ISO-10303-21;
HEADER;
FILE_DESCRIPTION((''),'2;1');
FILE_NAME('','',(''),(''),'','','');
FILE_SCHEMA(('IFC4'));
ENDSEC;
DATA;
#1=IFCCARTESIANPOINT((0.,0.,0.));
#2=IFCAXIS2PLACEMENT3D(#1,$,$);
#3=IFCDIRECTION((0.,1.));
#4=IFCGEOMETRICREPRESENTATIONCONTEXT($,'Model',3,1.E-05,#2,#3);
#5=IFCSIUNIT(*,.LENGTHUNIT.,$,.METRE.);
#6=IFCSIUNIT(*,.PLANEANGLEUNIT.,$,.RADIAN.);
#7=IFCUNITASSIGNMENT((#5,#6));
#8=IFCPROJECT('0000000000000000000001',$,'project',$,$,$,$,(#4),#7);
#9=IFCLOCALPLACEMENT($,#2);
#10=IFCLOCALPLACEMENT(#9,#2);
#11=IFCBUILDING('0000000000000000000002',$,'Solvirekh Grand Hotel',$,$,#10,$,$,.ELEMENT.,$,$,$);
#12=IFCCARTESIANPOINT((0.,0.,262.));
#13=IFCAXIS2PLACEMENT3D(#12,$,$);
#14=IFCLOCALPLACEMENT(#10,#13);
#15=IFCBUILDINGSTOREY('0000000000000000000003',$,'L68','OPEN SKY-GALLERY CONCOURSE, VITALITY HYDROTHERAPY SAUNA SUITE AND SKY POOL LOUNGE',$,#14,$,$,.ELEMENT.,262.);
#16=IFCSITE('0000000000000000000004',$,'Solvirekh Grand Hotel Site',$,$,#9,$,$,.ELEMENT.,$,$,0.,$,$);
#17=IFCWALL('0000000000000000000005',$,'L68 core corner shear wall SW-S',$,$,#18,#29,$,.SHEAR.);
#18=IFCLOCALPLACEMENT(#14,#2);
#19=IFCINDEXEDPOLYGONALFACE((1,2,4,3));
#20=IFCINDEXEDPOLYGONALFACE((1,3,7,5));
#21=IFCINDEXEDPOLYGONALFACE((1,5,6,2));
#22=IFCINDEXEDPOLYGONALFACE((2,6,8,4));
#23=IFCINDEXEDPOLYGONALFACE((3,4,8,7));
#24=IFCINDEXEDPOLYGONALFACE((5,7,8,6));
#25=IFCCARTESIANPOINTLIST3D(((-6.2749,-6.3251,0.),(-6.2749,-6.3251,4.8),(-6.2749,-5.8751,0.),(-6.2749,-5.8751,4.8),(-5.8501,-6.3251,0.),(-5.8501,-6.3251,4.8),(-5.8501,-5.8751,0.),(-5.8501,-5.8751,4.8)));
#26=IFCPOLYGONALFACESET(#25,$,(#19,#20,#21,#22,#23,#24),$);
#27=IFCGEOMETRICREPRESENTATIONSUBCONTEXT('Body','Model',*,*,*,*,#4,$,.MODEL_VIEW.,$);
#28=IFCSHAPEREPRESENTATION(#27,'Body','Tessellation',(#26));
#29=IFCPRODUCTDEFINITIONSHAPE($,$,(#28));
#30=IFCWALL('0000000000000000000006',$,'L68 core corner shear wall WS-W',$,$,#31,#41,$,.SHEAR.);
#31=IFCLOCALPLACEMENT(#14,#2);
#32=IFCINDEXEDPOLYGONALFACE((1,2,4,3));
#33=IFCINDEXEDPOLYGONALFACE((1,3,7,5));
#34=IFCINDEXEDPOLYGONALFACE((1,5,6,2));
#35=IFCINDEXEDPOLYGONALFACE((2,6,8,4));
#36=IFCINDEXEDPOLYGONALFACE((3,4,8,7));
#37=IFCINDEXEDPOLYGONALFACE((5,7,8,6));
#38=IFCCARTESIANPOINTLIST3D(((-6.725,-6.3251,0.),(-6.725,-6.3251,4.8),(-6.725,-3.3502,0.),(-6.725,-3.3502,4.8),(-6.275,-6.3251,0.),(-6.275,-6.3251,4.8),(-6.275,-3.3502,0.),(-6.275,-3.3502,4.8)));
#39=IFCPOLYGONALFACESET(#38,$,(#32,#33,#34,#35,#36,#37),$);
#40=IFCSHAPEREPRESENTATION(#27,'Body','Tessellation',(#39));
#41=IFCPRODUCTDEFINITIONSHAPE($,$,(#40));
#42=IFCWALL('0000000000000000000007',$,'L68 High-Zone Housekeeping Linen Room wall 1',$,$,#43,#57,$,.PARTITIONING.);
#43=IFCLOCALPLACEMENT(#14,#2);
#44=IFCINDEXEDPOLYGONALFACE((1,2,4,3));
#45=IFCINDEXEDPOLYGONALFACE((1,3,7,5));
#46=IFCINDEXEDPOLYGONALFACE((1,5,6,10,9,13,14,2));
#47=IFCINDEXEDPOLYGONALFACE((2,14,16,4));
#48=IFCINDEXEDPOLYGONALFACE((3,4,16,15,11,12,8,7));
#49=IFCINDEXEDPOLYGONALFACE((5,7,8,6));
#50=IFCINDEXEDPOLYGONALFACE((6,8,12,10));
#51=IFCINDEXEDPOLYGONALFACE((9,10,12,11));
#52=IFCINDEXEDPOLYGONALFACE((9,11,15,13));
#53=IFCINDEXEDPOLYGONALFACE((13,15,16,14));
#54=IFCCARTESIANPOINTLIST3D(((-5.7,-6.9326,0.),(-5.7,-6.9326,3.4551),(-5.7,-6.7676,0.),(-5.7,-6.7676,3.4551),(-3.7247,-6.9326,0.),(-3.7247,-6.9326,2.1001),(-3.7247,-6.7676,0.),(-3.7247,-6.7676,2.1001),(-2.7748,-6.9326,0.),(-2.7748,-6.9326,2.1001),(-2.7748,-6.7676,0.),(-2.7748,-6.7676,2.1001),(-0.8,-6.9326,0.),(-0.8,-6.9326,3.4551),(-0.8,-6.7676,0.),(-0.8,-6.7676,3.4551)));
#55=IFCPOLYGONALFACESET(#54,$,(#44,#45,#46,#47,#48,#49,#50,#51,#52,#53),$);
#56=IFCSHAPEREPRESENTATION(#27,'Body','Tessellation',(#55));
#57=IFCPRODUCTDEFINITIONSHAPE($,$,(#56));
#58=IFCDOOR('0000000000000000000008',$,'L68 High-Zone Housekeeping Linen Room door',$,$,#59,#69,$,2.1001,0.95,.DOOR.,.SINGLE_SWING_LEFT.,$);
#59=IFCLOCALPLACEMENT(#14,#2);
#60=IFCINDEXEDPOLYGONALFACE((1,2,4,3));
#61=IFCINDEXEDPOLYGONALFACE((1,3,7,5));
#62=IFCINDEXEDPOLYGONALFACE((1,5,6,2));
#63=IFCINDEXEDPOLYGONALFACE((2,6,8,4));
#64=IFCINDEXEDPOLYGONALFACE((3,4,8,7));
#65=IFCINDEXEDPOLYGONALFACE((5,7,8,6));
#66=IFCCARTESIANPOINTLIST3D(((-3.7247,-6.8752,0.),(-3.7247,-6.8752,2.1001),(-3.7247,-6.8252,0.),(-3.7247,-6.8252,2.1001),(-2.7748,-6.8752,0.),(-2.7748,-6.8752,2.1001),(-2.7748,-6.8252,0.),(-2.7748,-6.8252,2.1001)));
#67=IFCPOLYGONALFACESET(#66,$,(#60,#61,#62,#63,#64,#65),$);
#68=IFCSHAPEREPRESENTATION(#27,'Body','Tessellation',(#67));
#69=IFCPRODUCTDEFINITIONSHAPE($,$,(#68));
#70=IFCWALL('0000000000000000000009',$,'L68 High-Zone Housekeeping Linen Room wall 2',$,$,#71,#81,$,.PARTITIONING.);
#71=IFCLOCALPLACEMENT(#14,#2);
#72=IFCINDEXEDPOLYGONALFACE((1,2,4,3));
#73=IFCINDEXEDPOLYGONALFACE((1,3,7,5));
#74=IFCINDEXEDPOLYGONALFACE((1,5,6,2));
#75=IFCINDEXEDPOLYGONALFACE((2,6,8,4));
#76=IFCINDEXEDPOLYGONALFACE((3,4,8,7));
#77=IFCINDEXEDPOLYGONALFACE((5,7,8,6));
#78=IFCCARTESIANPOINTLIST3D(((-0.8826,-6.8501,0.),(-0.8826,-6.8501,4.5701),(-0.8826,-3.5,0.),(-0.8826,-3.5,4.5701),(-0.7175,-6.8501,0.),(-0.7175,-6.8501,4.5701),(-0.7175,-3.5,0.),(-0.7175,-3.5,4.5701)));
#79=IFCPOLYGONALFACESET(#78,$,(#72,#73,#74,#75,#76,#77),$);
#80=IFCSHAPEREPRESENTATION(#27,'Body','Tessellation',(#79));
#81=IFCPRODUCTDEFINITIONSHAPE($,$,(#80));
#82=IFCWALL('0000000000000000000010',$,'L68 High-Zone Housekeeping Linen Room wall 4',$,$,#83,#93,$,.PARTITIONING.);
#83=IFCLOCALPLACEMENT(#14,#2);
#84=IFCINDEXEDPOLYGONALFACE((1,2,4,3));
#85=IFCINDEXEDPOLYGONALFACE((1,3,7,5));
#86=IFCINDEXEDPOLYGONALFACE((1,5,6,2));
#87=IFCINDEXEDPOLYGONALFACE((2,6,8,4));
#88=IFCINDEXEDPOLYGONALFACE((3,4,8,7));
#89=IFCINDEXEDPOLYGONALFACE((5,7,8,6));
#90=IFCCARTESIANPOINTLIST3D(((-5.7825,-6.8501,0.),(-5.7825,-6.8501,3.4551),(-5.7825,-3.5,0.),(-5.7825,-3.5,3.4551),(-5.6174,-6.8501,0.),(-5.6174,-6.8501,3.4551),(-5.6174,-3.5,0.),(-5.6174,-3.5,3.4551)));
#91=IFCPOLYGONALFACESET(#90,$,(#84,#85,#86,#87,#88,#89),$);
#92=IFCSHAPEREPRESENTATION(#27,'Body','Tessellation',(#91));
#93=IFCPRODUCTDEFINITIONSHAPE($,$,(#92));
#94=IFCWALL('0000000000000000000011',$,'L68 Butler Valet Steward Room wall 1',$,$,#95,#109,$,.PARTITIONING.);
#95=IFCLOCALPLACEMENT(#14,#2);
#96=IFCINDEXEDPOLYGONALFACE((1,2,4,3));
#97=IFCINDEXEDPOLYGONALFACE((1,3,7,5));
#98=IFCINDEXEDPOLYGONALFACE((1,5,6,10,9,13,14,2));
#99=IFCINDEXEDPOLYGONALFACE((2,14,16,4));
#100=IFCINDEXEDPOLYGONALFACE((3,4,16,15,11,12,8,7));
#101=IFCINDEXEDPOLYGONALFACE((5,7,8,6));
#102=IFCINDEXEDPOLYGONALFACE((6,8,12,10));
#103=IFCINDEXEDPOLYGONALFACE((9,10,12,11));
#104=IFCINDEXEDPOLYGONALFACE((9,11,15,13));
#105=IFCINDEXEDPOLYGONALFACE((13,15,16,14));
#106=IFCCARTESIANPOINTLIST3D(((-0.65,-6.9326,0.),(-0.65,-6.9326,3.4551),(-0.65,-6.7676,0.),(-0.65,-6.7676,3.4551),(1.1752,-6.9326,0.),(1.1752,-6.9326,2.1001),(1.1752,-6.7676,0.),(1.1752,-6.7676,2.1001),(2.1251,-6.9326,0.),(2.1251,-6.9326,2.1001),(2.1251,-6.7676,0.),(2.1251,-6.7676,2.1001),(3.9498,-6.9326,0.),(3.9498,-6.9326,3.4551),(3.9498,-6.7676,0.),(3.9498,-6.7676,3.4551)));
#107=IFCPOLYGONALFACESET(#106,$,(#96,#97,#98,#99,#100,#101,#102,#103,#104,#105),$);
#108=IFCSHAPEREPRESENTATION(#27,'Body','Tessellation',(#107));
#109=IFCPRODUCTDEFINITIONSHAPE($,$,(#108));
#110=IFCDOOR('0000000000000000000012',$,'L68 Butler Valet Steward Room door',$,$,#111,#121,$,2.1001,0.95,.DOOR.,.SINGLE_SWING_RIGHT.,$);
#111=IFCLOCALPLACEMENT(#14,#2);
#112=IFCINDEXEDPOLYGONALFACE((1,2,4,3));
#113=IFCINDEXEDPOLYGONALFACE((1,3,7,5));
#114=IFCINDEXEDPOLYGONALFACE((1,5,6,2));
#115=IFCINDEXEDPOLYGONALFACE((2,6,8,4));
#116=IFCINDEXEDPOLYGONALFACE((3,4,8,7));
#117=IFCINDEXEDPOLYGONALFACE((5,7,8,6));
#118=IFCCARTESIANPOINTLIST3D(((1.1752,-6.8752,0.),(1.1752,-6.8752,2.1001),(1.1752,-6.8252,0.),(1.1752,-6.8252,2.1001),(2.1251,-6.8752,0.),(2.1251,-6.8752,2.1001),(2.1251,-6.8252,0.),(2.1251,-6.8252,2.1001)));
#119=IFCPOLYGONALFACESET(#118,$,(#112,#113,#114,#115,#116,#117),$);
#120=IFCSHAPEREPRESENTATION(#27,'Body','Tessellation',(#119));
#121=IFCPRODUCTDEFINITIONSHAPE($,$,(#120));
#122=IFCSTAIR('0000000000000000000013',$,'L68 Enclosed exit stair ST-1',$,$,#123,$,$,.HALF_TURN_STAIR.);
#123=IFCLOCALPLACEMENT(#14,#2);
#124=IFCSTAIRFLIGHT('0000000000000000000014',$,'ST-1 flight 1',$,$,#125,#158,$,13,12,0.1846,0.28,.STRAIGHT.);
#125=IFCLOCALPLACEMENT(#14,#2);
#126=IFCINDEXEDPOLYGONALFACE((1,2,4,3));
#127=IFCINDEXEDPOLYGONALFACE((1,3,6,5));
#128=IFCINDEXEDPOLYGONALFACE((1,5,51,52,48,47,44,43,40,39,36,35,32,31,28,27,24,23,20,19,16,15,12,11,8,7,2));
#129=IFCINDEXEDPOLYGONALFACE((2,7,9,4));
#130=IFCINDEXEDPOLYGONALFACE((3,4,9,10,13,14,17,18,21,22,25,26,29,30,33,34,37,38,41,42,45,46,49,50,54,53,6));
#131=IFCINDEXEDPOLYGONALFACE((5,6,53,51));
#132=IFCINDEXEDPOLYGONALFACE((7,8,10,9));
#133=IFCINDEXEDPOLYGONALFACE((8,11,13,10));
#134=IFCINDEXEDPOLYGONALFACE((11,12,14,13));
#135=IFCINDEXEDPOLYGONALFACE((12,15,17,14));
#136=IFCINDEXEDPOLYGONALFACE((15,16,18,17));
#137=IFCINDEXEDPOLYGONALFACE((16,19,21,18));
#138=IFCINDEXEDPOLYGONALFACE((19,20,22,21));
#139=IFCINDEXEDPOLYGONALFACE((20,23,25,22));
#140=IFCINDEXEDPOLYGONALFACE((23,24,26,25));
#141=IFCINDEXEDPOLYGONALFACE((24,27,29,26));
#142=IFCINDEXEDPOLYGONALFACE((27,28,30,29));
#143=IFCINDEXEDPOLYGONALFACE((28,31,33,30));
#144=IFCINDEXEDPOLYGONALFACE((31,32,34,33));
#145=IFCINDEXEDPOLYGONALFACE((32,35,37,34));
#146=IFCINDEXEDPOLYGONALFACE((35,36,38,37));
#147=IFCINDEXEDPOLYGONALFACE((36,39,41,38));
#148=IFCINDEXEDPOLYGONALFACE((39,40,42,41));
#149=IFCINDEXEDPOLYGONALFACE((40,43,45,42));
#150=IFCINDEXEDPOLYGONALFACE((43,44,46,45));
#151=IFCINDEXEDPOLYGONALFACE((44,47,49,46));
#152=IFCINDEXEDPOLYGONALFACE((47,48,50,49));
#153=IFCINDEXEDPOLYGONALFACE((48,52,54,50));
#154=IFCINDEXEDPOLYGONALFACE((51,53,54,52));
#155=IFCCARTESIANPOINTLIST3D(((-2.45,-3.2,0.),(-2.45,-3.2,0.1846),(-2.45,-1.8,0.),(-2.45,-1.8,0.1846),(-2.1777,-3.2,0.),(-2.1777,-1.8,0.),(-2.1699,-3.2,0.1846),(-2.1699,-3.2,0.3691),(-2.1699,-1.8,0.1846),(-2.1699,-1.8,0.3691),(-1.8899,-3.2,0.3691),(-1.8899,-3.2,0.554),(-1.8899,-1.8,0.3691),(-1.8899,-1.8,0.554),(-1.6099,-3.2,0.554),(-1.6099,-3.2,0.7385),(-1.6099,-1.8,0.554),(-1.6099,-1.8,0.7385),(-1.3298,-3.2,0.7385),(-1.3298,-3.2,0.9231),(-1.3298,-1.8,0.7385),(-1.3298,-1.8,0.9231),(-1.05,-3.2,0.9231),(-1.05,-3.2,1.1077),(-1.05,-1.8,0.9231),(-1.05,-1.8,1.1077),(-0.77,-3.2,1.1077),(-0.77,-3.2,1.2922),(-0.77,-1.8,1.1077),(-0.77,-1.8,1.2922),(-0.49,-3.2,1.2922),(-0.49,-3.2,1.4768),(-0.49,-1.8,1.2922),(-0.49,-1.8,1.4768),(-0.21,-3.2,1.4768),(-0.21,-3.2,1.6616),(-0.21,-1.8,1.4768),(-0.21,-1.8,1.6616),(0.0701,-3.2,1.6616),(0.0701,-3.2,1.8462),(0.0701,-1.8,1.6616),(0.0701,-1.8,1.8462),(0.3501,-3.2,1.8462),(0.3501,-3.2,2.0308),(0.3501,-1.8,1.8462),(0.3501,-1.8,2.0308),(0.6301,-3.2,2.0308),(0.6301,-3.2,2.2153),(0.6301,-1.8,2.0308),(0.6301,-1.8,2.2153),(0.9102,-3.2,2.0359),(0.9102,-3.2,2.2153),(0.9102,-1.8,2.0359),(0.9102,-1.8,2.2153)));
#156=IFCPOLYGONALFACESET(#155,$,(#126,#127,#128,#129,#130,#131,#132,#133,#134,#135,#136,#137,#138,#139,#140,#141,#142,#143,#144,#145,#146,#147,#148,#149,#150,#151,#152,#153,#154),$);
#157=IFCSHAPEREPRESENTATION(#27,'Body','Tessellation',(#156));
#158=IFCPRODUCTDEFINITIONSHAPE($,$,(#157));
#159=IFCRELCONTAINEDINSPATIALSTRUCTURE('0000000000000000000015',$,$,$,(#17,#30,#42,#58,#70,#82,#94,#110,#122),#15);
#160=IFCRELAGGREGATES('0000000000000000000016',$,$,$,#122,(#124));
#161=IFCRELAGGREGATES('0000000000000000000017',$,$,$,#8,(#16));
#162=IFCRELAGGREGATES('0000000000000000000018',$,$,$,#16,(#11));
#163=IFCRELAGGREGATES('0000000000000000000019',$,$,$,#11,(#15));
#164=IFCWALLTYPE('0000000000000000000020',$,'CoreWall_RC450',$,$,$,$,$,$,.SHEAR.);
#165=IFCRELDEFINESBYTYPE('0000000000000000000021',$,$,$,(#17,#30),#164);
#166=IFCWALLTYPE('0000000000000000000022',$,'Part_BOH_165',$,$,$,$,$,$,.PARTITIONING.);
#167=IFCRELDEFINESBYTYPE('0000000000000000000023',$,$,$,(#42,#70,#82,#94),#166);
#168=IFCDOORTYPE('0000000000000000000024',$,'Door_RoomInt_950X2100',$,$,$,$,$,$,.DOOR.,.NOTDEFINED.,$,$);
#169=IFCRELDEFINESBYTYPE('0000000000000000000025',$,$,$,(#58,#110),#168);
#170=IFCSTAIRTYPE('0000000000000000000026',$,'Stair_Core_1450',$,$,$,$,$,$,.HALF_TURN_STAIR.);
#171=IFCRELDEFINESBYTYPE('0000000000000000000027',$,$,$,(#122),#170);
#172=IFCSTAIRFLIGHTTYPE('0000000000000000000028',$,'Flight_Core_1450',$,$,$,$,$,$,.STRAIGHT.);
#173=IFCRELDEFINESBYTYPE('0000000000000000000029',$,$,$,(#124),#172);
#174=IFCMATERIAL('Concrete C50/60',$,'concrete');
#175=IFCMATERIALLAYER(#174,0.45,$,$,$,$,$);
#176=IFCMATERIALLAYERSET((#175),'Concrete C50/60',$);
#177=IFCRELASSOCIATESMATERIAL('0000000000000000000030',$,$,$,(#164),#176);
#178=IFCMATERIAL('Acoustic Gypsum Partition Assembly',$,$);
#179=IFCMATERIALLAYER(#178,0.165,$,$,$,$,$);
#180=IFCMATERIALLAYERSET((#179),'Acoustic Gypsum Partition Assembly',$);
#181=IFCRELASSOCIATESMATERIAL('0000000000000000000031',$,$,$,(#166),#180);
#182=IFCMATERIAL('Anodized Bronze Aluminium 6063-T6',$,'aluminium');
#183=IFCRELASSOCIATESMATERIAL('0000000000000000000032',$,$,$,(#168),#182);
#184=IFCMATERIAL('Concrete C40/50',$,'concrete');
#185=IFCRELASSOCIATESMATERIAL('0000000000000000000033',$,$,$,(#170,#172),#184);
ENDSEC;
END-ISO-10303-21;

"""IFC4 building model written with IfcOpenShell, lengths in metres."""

from ifc_helpers import new_model, si_unit, direction, frame, frame_2d, origin, place, context, subcontext, project, spatial, polyline, rectangle, outline, extrude, material, layer, layer_set, type_object, element, fill, aggregate, save


model = new_model("IFC4")

# Units and contexts
model_context = context("Model", 3, precision=1e-05, world=origin(), true_north=direction((0.0, 1.0)))
body_context = subcontext(model_context, "Body", "Model", "MODEL_VIEW")
ifc_project = project(units=[si_unit("LENGTHUNIT", "METRE"), si_unit("PLANEANGLEUNIT", "RADIAN")], contexts=[model_context])

# Site, building, storey
site_placement = place(None, origin())
site = spatial("IfcSite", under=ifc_project, at=site_placement, Name="Solvirekh Grand Hotel Site", CompositionType="ELEMENT", RefElevation=0.0)
building_placement = place(site_placement, origin())
building = spatial("IfcBuilding", under=site, at=building_placement, Name="Solvirekh Grand Hotel", CompositionType="ELEMENT")
storey_placement = place(building_placement, frame((0.0, 0.0, 262.0)))
storey = spatial("IfcBuildingStorey", under=building, at=storey_placement, Name="L68", Description="OPEN SKY-GALLERY CONCOURSE, VITALITY HYDROTHERAPY SAUNA SUITE AND SKY POOL LOUNGE", CompositionType="ELEMENT", Elevation=262.0)

# Shared definitions
ifc_material_1 = material(Name="Concrete C50/60", Category="concrete")

# Shared definitions
ifc_material_2 = material(Name="Concrete C40/50", Category="concrete")

# Walls
ifc_layer_1 = layer(ifc_material_1, 0.45)
ifc_layer_set_1 = layer_set([ifc_layer_1], Name="Concrete C50/60")
wall_type_1 = type_object("IfcWallType", Name="CoreWall_RC450", PredefinedType="SHEAR", material=ifc_layer_set_1)
wall_1_placement = place(storey_placement, frame((-6.2749, -6.1001, 0.0), z_axis=(0.0, 0.0, 1.0), x_axis=(1.0, 0.0, 0.0)))
element("IfcWall", 1, at=wall_1_placement, inside=storey, type_object=wall_type_1, Name="L68 core corner shear wall SW-S", PredefinedType="SHEAR", context=body_context, shape_type="SweptSolid", body=[
    extrude(rectangle(XDim=0.4248, YDim=0.45, at=frame_2d((0.2124, 0.0))), origin(), (0.0, 0.0, 1.0), 4.8),
])
wall_2_placement = place(storey_placement, frame((-6.5, -6.325, 0.0), z_axis=(0.0, 0.0, 1.0), x_axis=(0.0, 1.0, 0.0)))
element("IfcWall", 2, at=wall_2_placement, inside=storey, type_object=wall_type_1, Name="L68 core corner shear wall WS-W", PredefinedType="SHEAR", context=body_context, shape_type="SweptSolid", body=[
    extrude(rectangle(XDim=2.9749, YDim=0.45, at=frame_2d((1.4873, 0.0))), origin(), (0.0, 0.0, 1.0), 4.8),
])

# Wall, opening, door
ifc_material_3 = material(Name="Acoustic Gypsum Partition Assembly")
ifc_layer_2 = layer(ifc_material_3, 0.165)
ifc_layer_set_2 = layer_set([ifc_layer_2], Name="Acoustic Gypsum Partition Assembly")
wall_type_2 = type_object("IfcWallType", Name="Part_BOH_165", PredefinedType="PARTITIONING", material=ifc_layer_set_2)
wall_3_placement = place(storey_placement, frame((-5.7, -6.8501, 0.0), z_axis=(0.0, 0.0, 1.0), x_axis=(1.0, 0.0, 0.0)))
wall_3 = element("IfcWall", 3, at=wall_3_placement, inside=storey, type_object=wall_type_2, Name="L68 High-Zone Housekeeping Linen Room wall 1", PredefinedType="PARTITIONING", context=body_context, shape_type="SweptSolid", body=[
    extrude(rectangle(XDim=4.8999, YDim=0.165, at=frame_2d((2.45, 0.0))), origin(), (0.0, 0.0, 1.0), 3.4551),
])
opening_1_placement = place(wall_3_placement, frame((1.9751, 0.0, 0.0)))
opening_1 = element("IfcOpeningElement", 4, at=opening_1_placement, cuts=wall_3, PredefinedType="OPENING", context=body_context, shape_type="SweptSolid", body=[
    extrude(rectangle(XDim=0.95, YDim=2.1001, at=frame_2d((0.4751, 1.05))), frame((0.0, 0.0925, 0.0), z_axis=(0.0, -1.0, 0.0), x_axis=(1.0, 0.0, 0.0)), (0.0, 0.0, 1.0), 0.1851),
])
ifc_material_4 = material(Name="Anodized Bronze Aluminium 6063-T6", Category="aluminium")
door_type_1 = type_object("IfcDoorType", Name="Door_RoomInt_950X2100", OperationType="NOTDEFINED", PredefinedType="DOOR", material=ifc_material_4)
door_1_placement = place(opening_1_placement, origin())
door_1 = element("IfcDoor", 5, at=door_1_placement, inside=storey, type_object=door_type_1, Name="L68 High-Zone Housekeeping Linen Room door", OperationType="SINGLE_SWING_LEFT", OverallHeight=2.1001, OverallWidth=0.95, PredefinedType="DOOR", context=body_context, shape_type="SweptSolid", body=[
    extrude(rectangle(XDim=0.95, YDim=2.1001, at=frame_2d((0.4751, 1.05))), frame((0.0, 0.0249, 0.0), z_axis=(0.0, -1.0, 0.0), x_axis=(1.0, 0.0, 0.0)), (0.0, 0.0, 1.0), 0.05),
])
fill(opening_1, door_1)

# Walls
wall_4_placement = place(storey_placement, frame((-0.8, -6.8501, 0.0), z_axis=(0.0, 0.0, 1.0), x_axis=(0.0, 1.0, 0.0)))
element("IfcWall", 6, at=wall_4_placement, inside=storey, type_object=wall_type_2, Name="L68 High-Zone Housekeeping Linen Room wall 2", PredefinedType="PARTITIONING", context=body_context, shape_type="SweptSolid", body=[
    extrude(rectangle(XDim=3.3501, YDim=0.165, at=frame_2d((1.675, 0.0))), origin(), (0.0, 0.0, 1.0), 4.5701),
])
wall_5_placement = place(storey_placement, frame((-5.7, -3.5, 0.0), z_axis=(0.0, 0.0, 1.0), x_axis=(0.0, -1.0, 0.0)))
element("IfcWall", 7, at=wall_5_placement, inside=storey, type_object=wall_type_2, Name="L68 High-Zone Housekeeping Linen Room wall 4", PredefinedType="PARTITIONING", context=body_context, shape_type="SweptSolid", body=[
    extrude(rectangle(XDim=3.3501, YDim=0.165, at=frame_2d((1.675, 0.0))), origin(), (0.0, 0.0, 1.0), 3.4551),
])

# Wall, opening, door
wall_6_placement = place(storey_placement, frame((-0.6499, -6.8501, 0.0), z_axis=(0.0, 0.0, 1.0), x_axis=(1.0, 0.0, 0.0)))
wall_6 = element("IfcWall", 8, at=wall_6_placement, inside=storey, type_object=wall_type_2, Name="L68 Butler Valet Steward Room wall 1", PredefinedType="PARTITIONING", context=body_context, shape_type="SweptSolid", body=[
    extrude(rectangle(XDim=4.5999, YDim=0.165, at=frame_2d((2.2998, 0.0))), origin(), (0.0, 0.0, 1.0), 3.4551),
])
opening_2_placement = place(wall_6_placement, frame((1.825, 0.0, 0.0)))
opening_2 = element("IfcOpeningElement", 9, at=opening_2_placement, cuts=wall_6, PredefinedType="OPENING", context=body_context, shape_type="SweptSolid", body=[
    extrude(rectangle(XDim=0.95, YDim=2.1001, at=frame_2d((0.4751, 1.05))), frame((0.0, 0.0925, 0.0), z_axis=(0.0, -1.0, 0.0), x_axis=(1.0, 0.0, 0.0)), (0.0, 0.0, 1.0), 0.1851),
])
door_2_placement = place(opening_2_placement, origin())
door_2 = element("IfcDoor", 10, at=door_2_placement, inside=storey, type_object=door_type_1, Name="L68 Butler Valet Steward Room door", OperationType="SINGLE_SWING_RIGHT", OverallHeight=2.1001, OverallWidth=0.95, PredefinedType="DOOR", context=body_context, shape_type="SweptSolid", body=[
    extrude(rectangle(XDim=0.95, YDim=2.1001, at=frame_2d((0.4751, 1.05))), frame((0.0, 0.0249, 0.0), z_axis=(0.0, -1.0, 0.0), x_axis=(1.0, 0.0, 0.0)), (0.0, 0.0, 1.0), 0.05),
])
fill(opening_2, door_2)

# Stair, stair flight
stair_type = type_object("IfcStairType", Name="Stair_Core_1450", PredefinedType="HALF_TURN_STAIR", material=ifc_material_2)
stair_placement = place(storey_placement, origin())
stair = element("IfcStair", 11, at=stair_placement, inside=storey, type_object=stair_type, Name="L68 Enclosed exit stair ST-1", PredefinedType="HALF_TURN_STAIR")
stair_flight_type = type_object("IfcStairFlightType", Name="Flight_Core_1450", PredefinedType="STRAIGHT", material=ifc_material_2)
stair_flight_placement = place(storey_placement, frame((-2.45, -2.5, 0.0), z_axis=(0.0, 0.0, 1.0), x_axis=(1.0, 0.0, 0.0)))
stair_flight = element("IfcStairFlight", 12, at=stair_flight_placement, type_object=stair_flight_type, Name="ST-1 flight 1", NumberOfRisers=13, NumberOfTreads=12, PredefinedType="STRAIGHT", RiserHeight=0.1846, TreadLength=0.28, context=body_context, shape_type="SweptSolid", body=[
    extrude(outline(polyline([(0.0, 0.0), (0.0, 0.1846), (0.28, 0.1846), (0.28, 0.3691), (0.5601, 0.3691), (0.5601, 0.554), (0.8401, 0.554), (0.8401, 0.7385), (1.1201, 0.7385), (1.1201, 0.9231), (1.3999, 0.9231), (1.3999, 1.1077), (1.6799, 1.1077), (1.6799, 1.2922), (1.96, 1.2922), (1.96, 1.4768), (2.24, 1.4768), (2.24, 1.6616), (2.52, 1.6616), (2.52, 1.8462), (2.8, 1.8462), (2.8, 2.0308), (3.0801, 2.0308), (3.0801, 2.2153), (3.3601, 2.2153), (3.3601, 2.3999), (3.3601, 2.0359), (0.2722, 0.0), (0.0, 0.0)])), frame((0.0, 0.7, 0.0), z_axis=(0.0, -1.0, 0.0), x_axis=(1.0, 0.0, 0.0)), (0.0, 0.0, 1.0), 1.3999),
])
aggregate(stair, [stair_flight])

save(model, "model.ifc")
